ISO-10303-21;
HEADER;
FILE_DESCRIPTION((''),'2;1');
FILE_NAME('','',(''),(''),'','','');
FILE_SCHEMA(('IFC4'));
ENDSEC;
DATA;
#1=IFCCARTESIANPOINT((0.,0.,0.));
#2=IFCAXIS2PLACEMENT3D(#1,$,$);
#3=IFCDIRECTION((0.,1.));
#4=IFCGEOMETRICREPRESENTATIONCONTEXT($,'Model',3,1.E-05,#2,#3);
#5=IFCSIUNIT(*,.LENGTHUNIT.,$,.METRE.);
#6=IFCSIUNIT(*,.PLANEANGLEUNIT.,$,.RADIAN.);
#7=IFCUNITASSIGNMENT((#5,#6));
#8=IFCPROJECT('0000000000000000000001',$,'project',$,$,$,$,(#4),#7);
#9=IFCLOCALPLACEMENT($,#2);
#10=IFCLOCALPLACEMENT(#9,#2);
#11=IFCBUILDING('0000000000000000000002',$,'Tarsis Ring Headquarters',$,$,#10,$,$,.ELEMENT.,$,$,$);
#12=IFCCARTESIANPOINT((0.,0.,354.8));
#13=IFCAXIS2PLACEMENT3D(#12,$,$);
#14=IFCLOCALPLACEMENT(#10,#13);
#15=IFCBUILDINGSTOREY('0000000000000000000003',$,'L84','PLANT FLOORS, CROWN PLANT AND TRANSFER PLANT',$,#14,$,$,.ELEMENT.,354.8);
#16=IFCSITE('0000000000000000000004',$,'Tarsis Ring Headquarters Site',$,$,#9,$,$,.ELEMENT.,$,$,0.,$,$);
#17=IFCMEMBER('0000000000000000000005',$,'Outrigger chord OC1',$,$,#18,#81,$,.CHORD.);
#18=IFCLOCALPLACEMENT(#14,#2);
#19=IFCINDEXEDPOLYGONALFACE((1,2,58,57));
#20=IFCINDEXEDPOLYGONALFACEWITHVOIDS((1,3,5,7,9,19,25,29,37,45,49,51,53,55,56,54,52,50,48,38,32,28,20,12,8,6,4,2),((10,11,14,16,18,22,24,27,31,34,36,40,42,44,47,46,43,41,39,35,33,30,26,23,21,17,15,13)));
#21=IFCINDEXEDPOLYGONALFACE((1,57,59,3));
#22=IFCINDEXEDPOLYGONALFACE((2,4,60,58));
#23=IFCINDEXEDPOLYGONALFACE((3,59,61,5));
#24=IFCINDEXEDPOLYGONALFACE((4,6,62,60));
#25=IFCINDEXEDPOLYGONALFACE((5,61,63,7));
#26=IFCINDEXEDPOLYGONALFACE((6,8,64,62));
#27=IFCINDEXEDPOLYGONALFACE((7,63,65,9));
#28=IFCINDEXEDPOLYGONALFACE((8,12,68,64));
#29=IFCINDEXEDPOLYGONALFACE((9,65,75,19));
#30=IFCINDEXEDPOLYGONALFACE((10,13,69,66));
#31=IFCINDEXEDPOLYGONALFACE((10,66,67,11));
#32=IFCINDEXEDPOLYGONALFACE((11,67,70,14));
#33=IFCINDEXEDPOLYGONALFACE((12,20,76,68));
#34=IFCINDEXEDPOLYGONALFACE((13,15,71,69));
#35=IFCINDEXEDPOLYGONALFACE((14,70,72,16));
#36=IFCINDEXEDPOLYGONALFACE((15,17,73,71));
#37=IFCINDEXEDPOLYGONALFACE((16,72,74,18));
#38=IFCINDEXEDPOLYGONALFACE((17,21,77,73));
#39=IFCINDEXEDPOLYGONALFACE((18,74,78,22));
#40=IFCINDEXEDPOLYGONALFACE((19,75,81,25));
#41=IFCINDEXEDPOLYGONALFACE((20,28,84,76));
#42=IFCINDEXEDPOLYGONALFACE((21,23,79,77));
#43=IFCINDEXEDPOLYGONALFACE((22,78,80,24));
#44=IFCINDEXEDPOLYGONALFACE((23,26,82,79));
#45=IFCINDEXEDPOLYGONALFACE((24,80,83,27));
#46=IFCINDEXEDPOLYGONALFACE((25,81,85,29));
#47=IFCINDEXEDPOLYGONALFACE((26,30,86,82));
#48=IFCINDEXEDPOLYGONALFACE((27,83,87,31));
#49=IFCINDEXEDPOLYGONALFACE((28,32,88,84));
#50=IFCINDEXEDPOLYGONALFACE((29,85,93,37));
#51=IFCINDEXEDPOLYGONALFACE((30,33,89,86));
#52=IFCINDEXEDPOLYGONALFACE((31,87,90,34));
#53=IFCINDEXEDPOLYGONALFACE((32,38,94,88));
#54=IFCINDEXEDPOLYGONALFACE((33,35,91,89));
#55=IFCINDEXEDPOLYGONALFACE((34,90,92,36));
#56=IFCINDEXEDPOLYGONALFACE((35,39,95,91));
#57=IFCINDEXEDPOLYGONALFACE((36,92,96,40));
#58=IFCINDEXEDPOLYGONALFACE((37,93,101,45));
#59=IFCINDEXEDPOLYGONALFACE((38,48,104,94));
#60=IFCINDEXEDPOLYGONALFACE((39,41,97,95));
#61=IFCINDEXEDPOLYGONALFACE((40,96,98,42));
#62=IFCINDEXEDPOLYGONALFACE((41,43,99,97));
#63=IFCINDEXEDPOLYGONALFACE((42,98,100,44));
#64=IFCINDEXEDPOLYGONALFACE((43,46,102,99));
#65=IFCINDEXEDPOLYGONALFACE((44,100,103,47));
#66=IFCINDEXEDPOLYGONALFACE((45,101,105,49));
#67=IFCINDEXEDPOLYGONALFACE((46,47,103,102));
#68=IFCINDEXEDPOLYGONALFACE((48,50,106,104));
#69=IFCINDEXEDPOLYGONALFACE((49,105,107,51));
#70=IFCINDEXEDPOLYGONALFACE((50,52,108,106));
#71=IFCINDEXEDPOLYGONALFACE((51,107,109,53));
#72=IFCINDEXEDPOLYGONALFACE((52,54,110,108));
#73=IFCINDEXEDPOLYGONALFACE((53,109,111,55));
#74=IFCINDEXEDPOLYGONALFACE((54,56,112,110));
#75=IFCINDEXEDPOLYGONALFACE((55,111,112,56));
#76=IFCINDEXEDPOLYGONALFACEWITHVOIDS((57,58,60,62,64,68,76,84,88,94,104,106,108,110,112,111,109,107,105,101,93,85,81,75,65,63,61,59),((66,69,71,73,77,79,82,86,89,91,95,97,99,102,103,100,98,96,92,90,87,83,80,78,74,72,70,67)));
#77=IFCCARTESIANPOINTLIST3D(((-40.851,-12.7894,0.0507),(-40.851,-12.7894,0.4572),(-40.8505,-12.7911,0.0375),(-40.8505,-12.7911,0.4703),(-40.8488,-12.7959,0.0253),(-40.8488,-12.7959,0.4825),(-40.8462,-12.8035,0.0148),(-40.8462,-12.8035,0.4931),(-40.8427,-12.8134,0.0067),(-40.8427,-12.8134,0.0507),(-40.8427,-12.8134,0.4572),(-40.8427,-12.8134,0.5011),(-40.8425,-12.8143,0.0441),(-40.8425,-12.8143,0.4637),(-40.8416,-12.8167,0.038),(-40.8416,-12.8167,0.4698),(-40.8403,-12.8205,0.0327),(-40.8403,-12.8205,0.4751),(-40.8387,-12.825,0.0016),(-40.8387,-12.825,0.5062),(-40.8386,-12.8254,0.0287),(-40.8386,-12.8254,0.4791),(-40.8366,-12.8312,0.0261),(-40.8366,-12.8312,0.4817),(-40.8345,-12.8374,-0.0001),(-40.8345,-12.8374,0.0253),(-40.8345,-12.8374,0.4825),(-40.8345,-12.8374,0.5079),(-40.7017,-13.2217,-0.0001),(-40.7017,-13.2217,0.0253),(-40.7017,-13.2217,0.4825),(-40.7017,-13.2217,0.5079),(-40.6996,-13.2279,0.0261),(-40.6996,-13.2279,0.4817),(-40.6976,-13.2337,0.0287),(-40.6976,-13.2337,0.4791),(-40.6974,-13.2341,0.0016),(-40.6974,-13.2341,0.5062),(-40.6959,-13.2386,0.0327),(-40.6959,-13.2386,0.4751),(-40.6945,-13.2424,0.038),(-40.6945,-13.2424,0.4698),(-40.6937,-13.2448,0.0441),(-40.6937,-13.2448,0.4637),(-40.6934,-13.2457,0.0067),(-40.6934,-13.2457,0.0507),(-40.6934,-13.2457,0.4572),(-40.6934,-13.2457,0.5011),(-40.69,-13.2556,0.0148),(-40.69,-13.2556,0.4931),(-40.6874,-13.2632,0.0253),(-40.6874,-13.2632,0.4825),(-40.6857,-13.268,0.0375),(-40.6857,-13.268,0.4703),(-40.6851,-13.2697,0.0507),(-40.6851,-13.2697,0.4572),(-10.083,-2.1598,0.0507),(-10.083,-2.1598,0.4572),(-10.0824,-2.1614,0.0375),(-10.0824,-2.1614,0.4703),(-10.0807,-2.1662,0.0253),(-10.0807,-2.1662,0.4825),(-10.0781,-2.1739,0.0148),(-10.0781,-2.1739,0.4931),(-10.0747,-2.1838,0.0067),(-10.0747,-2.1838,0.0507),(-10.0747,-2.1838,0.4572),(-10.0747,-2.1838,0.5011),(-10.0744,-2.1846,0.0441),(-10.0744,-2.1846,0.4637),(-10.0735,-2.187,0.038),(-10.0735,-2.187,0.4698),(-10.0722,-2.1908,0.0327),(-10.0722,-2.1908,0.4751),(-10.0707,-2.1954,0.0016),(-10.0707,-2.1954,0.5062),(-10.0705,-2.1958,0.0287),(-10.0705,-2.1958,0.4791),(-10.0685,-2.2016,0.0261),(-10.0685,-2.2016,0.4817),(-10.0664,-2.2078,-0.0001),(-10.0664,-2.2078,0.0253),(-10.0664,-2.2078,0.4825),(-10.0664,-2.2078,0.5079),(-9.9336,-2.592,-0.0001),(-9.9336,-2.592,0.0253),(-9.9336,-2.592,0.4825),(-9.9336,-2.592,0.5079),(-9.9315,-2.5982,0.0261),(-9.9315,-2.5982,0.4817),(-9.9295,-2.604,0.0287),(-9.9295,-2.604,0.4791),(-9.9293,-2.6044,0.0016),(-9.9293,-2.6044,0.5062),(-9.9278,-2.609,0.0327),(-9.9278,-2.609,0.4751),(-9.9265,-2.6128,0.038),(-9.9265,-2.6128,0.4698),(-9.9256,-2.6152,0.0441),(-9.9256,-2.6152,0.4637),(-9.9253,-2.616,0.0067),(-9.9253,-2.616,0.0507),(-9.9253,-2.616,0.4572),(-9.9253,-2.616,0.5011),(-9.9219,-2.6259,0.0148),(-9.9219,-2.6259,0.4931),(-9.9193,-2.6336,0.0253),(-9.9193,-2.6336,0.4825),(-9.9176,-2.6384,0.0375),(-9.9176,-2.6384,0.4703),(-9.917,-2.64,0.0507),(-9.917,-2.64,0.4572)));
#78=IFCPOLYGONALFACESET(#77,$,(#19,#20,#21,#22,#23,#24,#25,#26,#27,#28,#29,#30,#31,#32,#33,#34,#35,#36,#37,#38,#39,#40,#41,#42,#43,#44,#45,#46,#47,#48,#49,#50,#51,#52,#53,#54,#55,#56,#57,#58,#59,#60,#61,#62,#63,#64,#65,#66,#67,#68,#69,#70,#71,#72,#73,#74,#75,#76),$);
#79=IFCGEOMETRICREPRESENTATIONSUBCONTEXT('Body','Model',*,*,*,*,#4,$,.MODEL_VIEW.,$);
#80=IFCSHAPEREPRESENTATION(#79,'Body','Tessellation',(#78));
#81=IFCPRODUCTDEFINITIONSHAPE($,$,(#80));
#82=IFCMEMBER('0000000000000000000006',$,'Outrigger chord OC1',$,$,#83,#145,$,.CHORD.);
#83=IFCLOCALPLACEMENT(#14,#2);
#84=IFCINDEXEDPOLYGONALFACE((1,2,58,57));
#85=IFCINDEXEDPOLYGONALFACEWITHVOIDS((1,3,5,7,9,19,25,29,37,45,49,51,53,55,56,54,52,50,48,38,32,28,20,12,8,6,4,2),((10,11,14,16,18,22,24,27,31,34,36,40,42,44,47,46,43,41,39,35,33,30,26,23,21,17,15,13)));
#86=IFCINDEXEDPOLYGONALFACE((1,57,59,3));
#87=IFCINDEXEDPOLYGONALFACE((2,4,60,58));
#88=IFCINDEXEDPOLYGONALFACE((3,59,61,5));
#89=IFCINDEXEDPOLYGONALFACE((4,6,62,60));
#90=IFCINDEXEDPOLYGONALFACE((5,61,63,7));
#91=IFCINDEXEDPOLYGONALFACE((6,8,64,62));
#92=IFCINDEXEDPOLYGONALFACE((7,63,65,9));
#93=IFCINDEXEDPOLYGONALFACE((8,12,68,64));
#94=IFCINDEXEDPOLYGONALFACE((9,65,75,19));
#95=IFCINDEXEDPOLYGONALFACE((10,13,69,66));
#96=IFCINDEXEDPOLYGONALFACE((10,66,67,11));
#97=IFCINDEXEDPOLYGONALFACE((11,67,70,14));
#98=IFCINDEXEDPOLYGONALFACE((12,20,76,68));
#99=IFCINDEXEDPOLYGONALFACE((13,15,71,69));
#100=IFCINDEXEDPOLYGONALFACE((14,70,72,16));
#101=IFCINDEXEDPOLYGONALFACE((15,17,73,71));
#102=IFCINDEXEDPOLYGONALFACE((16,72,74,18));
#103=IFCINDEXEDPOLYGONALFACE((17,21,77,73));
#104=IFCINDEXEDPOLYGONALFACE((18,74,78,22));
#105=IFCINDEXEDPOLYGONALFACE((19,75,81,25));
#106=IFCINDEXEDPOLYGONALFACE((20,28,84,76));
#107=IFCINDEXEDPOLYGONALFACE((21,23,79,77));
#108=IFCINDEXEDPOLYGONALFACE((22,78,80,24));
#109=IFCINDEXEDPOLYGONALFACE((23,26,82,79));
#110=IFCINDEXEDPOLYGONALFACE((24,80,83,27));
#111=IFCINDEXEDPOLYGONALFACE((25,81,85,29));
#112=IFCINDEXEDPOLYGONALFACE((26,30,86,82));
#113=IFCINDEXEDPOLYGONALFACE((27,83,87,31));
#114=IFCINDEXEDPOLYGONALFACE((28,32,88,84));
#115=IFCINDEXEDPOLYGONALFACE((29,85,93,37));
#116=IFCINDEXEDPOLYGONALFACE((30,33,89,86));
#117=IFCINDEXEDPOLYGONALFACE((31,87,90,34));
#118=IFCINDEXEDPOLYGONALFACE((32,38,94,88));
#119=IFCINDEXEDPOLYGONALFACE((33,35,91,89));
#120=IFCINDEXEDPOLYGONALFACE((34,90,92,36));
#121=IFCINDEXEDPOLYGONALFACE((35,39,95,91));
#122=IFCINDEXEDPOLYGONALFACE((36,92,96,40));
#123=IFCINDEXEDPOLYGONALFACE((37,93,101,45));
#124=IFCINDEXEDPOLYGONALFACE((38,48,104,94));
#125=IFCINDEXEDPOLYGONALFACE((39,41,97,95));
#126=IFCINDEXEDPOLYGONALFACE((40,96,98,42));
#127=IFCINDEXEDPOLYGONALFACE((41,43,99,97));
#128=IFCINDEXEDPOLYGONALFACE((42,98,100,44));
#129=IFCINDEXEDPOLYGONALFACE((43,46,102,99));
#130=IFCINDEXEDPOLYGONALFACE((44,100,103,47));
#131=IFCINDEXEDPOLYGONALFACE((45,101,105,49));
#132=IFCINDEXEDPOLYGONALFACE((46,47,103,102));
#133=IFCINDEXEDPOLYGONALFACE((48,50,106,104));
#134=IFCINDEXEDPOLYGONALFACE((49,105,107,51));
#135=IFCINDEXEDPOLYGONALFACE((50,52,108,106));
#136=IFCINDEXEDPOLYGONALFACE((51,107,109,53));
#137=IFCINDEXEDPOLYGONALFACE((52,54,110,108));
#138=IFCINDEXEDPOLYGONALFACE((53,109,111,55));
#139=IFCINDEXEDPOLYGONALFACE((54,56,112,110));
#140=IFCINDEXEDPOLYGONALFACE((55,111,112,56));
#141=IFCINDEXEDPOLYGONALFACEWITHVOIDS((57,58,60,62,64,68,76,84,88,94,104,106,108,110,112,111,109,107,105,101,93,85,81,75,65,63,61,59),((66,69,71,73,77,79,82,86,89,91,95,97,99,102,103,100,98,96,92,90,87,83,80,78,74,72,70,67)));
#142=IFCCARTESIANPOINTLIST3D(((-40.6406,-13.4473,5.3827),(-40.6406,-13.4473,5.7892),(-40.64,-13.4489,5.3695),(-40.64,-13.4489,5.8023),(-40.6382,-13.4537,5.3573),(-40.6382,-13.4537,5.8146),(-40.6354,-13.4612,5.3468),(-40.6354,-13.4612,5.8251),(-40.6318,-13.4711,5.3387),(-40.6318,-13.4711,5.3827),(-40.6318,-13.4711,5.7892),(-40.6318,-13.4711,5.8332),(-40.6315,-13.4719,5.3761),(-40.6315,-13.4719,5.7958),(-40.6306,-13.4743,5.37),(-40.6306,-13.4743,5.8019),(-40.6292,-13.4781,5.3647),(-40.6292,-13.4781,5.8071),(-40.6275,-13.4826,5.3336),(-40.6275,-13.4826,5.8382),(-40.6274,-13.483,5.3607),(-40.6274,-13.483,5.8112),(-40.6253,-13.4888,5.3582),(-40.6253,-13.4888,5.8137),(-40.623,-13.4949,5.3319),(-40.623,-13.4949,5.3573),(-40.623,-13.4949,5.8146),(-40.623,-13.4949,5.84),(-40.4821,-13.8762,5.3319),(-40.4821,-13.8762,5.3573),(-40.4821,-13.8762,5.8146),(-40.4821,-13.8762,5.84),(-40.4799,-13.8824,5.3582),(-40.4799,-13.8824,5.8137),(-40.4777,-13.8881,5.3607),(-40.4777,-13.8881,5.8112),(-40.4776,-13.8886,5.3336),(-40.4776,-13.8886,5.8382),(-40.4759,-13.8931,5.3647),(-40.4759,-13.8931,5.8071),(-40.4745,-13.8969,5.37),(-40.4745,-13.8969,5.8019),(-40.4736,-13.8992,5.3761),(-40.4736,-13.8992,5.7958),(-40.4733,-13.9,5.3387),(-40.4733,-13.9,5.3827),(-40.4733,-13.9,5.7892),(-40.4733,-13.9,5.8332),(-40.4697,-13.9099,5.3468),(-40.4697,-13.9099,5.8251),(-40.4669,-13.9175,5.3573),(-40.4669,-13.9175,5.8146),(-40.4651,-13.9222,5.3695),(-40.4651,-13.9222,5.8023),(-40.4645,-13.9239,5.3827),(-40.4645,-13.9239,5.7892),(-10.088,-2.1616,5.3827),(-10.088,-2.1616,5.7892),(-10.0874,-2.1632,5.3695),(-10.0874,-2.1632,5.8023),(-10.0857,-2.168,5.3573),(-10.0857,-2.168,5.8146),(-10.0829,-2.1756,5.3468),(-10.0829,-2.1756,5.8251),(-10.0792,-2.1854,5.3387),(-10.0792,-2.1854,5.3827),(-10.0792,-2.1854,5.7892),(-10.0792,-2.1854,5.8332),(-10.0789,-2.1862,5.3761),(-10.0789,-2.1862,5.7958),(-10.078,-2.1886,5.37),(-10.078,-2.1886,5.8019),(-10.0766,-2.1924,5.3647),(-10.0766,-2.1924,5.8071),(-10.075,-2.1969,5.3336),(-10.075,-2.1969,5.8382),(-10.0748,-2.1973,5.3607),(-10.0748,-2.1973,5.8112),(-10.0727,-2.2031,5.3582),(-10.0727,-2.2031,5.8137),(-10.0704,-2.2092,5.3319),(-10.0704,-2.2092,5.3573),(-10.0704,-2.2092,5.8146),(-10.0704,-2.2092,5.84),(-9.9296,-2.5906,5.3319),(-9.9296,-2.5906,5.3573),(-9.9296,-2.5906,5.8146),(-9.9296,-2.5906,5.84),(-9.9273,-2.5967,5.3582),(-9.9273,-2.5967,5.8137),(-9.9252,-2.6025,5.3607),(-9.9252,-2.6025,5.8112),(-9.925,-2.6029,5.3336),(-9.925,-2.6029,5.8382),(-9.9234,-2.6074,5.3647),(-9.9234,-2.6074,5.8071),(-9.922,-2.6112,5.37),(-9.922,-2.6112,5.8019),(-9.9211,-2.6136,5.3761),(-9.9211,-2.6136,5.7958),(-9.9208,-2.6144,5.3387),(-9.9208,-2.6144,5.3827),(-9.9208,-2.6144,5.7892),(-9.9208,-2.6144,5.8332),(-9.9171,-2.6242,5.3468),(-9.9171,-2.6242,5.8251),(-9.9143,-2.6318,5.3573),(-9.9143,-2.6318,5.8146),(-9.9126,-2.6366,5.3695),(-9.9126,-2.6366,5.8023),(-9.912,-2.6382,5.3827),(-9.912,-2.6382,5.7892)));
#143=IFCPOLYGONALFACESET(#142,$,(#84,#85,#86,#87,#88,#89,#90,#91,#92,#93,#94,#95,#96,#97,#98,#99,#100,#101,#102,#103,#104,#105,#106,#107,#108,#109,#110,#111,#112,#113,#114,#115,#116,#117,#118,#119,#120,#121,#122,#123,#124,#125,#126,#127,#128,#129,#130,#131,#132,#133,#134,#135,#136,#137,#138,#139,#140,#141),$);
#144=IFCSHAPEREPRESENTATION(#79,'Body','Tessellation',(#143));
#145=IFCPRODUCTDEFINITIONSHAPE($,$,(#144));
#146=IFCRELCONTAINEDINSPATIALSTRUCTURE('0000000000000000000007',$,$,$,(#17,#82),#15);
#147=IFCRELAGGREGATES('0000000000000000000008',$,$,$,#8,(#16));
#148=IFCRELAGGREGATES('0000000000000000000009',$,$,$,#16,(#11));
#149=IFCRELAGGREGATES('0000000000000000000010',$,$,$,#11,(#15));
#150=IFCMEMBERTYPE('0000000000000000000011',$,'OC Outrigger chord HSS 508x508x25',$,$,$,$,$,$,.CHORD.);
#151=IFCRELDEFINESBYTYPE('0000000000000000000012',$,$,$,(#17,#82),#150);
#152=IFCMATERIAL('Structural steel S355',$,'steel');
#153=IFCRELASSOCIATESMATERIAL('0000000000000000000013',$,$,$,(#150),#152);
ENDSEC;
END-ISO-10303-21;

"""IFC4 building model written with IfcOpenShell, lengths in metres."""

from ifc_helpers import new_model, si_unit, direction, frame, origin, origin_2d, place, context, subcontext, project, spatial, hollow_rectangle, extrude, material, material_profile, profile_set, type_object, element, save


model = new_model("IFC4")

# Units and contexts
model_context = context("Model", 3, precision=1e-05, world=origin(), true_north=direction((0.0, 1.0)))
body_context = subcontext(model_context, "Body", "Model", "MODEL_VIEW")
ifc_project = project(units=[si_unit("LENGTHUNIT", "METRE"), si_unit("PLANEANGLEUNIT", "RADIAN")], contexts=[model_context])

# Site, building, storey
site_placement = place(None, origin())
site = spatial("IfcSite", under=ifc_project, at=site_placement, Name="Tarsis Ring Headquarters Site", CompositionType="ELEMENT", RefElevation=0.0)
building_placement = place(site_placement, origin())
building = spatial("IfcBuilding", under=site, at=building_placement, Name="Tarsis Ring Headquarters", CompositionType="ELEMENT")
storey_placement = place(building_placement, frame((0.0, 0.0, 354.8)))
storey = spatial("IfcBuildingStorey", under=building, at=storey_placement, Name="L84", Description="PLANT FLOORS, CROWN PLANT AND TRANSFER PLANT", CompositionType="ELEMENT", Elevation=354.8)

# Members
ifc_material_1 = material(Name="Structural steel S355", Category="steel")
ifc_material_profile_1 = material_profile(ifc_material_1, hollow_rectangle(XDim=0.5081, YDim=0.5081, WallThickness=0.0254, InnerFilletRadius=0.0254, OuterFilletRadius=0.0508, at=origin_2d()), Name="HSS 508x508x25")
ifc_profile_set_1 = profile_set([ifc_material_profile_1], Name="Structural steel S355")
member_type_1 = type_object("IfcMemberType", Name="OC Outrigger chord HSS 508x508x25", PredefinedType="CHORD", material=ifc_profile_set_1)
member_1_placement = place(storey_placement, frame((-10.0, -2.3999, 0.2539), z_axis=(-0.945184, -0.326539, 0.0), x_axis=(0.326539, -0.945184, 0.0)))
element("IfcMember", 1, at=member_1_placement, inside=storey, type_object=member_type_1, Name="Outrigger chord OC1", PredefinedType="CHORD", context=body_context, shape_type="SweptSolid", body=[
    extrude(hollow_rectangle(XDim=0.5081, YDim=0.5081, WallThickness=0.0254, InnerFilletRadius=0.0254, OuterFilletRadius=0.0508, at=origin_2d()), origin(), (0.0, 0.0, 1.0), 32.5525),
])
member_2_placement = place(storey_placement, frame((-10.0, -2.3999, 5.5859), z_axis=(-0.938049, -0.346502, 0.0), x_axis=(0.346502, -0.938049, 0.0)))
element("IfcMember", 2, at=member_2_placement, inside=storey, type_object=member_type_1, Name="Outrigger chord OC1", PredefinedType="CHORD", context=body_context, shape_type="SweptSolid", body=[
    extrude(hollow_rectangle(XDim=0.5081, YDim=0.5081, WallThickness=0.0254, InnerFilletRadius=0.0254, OuterFilletRadius=0.0508, at=origin_2d()), origin(), (0.0, 0.0, 1.0), 32.5703),
])

save(model, "model.ifc")
